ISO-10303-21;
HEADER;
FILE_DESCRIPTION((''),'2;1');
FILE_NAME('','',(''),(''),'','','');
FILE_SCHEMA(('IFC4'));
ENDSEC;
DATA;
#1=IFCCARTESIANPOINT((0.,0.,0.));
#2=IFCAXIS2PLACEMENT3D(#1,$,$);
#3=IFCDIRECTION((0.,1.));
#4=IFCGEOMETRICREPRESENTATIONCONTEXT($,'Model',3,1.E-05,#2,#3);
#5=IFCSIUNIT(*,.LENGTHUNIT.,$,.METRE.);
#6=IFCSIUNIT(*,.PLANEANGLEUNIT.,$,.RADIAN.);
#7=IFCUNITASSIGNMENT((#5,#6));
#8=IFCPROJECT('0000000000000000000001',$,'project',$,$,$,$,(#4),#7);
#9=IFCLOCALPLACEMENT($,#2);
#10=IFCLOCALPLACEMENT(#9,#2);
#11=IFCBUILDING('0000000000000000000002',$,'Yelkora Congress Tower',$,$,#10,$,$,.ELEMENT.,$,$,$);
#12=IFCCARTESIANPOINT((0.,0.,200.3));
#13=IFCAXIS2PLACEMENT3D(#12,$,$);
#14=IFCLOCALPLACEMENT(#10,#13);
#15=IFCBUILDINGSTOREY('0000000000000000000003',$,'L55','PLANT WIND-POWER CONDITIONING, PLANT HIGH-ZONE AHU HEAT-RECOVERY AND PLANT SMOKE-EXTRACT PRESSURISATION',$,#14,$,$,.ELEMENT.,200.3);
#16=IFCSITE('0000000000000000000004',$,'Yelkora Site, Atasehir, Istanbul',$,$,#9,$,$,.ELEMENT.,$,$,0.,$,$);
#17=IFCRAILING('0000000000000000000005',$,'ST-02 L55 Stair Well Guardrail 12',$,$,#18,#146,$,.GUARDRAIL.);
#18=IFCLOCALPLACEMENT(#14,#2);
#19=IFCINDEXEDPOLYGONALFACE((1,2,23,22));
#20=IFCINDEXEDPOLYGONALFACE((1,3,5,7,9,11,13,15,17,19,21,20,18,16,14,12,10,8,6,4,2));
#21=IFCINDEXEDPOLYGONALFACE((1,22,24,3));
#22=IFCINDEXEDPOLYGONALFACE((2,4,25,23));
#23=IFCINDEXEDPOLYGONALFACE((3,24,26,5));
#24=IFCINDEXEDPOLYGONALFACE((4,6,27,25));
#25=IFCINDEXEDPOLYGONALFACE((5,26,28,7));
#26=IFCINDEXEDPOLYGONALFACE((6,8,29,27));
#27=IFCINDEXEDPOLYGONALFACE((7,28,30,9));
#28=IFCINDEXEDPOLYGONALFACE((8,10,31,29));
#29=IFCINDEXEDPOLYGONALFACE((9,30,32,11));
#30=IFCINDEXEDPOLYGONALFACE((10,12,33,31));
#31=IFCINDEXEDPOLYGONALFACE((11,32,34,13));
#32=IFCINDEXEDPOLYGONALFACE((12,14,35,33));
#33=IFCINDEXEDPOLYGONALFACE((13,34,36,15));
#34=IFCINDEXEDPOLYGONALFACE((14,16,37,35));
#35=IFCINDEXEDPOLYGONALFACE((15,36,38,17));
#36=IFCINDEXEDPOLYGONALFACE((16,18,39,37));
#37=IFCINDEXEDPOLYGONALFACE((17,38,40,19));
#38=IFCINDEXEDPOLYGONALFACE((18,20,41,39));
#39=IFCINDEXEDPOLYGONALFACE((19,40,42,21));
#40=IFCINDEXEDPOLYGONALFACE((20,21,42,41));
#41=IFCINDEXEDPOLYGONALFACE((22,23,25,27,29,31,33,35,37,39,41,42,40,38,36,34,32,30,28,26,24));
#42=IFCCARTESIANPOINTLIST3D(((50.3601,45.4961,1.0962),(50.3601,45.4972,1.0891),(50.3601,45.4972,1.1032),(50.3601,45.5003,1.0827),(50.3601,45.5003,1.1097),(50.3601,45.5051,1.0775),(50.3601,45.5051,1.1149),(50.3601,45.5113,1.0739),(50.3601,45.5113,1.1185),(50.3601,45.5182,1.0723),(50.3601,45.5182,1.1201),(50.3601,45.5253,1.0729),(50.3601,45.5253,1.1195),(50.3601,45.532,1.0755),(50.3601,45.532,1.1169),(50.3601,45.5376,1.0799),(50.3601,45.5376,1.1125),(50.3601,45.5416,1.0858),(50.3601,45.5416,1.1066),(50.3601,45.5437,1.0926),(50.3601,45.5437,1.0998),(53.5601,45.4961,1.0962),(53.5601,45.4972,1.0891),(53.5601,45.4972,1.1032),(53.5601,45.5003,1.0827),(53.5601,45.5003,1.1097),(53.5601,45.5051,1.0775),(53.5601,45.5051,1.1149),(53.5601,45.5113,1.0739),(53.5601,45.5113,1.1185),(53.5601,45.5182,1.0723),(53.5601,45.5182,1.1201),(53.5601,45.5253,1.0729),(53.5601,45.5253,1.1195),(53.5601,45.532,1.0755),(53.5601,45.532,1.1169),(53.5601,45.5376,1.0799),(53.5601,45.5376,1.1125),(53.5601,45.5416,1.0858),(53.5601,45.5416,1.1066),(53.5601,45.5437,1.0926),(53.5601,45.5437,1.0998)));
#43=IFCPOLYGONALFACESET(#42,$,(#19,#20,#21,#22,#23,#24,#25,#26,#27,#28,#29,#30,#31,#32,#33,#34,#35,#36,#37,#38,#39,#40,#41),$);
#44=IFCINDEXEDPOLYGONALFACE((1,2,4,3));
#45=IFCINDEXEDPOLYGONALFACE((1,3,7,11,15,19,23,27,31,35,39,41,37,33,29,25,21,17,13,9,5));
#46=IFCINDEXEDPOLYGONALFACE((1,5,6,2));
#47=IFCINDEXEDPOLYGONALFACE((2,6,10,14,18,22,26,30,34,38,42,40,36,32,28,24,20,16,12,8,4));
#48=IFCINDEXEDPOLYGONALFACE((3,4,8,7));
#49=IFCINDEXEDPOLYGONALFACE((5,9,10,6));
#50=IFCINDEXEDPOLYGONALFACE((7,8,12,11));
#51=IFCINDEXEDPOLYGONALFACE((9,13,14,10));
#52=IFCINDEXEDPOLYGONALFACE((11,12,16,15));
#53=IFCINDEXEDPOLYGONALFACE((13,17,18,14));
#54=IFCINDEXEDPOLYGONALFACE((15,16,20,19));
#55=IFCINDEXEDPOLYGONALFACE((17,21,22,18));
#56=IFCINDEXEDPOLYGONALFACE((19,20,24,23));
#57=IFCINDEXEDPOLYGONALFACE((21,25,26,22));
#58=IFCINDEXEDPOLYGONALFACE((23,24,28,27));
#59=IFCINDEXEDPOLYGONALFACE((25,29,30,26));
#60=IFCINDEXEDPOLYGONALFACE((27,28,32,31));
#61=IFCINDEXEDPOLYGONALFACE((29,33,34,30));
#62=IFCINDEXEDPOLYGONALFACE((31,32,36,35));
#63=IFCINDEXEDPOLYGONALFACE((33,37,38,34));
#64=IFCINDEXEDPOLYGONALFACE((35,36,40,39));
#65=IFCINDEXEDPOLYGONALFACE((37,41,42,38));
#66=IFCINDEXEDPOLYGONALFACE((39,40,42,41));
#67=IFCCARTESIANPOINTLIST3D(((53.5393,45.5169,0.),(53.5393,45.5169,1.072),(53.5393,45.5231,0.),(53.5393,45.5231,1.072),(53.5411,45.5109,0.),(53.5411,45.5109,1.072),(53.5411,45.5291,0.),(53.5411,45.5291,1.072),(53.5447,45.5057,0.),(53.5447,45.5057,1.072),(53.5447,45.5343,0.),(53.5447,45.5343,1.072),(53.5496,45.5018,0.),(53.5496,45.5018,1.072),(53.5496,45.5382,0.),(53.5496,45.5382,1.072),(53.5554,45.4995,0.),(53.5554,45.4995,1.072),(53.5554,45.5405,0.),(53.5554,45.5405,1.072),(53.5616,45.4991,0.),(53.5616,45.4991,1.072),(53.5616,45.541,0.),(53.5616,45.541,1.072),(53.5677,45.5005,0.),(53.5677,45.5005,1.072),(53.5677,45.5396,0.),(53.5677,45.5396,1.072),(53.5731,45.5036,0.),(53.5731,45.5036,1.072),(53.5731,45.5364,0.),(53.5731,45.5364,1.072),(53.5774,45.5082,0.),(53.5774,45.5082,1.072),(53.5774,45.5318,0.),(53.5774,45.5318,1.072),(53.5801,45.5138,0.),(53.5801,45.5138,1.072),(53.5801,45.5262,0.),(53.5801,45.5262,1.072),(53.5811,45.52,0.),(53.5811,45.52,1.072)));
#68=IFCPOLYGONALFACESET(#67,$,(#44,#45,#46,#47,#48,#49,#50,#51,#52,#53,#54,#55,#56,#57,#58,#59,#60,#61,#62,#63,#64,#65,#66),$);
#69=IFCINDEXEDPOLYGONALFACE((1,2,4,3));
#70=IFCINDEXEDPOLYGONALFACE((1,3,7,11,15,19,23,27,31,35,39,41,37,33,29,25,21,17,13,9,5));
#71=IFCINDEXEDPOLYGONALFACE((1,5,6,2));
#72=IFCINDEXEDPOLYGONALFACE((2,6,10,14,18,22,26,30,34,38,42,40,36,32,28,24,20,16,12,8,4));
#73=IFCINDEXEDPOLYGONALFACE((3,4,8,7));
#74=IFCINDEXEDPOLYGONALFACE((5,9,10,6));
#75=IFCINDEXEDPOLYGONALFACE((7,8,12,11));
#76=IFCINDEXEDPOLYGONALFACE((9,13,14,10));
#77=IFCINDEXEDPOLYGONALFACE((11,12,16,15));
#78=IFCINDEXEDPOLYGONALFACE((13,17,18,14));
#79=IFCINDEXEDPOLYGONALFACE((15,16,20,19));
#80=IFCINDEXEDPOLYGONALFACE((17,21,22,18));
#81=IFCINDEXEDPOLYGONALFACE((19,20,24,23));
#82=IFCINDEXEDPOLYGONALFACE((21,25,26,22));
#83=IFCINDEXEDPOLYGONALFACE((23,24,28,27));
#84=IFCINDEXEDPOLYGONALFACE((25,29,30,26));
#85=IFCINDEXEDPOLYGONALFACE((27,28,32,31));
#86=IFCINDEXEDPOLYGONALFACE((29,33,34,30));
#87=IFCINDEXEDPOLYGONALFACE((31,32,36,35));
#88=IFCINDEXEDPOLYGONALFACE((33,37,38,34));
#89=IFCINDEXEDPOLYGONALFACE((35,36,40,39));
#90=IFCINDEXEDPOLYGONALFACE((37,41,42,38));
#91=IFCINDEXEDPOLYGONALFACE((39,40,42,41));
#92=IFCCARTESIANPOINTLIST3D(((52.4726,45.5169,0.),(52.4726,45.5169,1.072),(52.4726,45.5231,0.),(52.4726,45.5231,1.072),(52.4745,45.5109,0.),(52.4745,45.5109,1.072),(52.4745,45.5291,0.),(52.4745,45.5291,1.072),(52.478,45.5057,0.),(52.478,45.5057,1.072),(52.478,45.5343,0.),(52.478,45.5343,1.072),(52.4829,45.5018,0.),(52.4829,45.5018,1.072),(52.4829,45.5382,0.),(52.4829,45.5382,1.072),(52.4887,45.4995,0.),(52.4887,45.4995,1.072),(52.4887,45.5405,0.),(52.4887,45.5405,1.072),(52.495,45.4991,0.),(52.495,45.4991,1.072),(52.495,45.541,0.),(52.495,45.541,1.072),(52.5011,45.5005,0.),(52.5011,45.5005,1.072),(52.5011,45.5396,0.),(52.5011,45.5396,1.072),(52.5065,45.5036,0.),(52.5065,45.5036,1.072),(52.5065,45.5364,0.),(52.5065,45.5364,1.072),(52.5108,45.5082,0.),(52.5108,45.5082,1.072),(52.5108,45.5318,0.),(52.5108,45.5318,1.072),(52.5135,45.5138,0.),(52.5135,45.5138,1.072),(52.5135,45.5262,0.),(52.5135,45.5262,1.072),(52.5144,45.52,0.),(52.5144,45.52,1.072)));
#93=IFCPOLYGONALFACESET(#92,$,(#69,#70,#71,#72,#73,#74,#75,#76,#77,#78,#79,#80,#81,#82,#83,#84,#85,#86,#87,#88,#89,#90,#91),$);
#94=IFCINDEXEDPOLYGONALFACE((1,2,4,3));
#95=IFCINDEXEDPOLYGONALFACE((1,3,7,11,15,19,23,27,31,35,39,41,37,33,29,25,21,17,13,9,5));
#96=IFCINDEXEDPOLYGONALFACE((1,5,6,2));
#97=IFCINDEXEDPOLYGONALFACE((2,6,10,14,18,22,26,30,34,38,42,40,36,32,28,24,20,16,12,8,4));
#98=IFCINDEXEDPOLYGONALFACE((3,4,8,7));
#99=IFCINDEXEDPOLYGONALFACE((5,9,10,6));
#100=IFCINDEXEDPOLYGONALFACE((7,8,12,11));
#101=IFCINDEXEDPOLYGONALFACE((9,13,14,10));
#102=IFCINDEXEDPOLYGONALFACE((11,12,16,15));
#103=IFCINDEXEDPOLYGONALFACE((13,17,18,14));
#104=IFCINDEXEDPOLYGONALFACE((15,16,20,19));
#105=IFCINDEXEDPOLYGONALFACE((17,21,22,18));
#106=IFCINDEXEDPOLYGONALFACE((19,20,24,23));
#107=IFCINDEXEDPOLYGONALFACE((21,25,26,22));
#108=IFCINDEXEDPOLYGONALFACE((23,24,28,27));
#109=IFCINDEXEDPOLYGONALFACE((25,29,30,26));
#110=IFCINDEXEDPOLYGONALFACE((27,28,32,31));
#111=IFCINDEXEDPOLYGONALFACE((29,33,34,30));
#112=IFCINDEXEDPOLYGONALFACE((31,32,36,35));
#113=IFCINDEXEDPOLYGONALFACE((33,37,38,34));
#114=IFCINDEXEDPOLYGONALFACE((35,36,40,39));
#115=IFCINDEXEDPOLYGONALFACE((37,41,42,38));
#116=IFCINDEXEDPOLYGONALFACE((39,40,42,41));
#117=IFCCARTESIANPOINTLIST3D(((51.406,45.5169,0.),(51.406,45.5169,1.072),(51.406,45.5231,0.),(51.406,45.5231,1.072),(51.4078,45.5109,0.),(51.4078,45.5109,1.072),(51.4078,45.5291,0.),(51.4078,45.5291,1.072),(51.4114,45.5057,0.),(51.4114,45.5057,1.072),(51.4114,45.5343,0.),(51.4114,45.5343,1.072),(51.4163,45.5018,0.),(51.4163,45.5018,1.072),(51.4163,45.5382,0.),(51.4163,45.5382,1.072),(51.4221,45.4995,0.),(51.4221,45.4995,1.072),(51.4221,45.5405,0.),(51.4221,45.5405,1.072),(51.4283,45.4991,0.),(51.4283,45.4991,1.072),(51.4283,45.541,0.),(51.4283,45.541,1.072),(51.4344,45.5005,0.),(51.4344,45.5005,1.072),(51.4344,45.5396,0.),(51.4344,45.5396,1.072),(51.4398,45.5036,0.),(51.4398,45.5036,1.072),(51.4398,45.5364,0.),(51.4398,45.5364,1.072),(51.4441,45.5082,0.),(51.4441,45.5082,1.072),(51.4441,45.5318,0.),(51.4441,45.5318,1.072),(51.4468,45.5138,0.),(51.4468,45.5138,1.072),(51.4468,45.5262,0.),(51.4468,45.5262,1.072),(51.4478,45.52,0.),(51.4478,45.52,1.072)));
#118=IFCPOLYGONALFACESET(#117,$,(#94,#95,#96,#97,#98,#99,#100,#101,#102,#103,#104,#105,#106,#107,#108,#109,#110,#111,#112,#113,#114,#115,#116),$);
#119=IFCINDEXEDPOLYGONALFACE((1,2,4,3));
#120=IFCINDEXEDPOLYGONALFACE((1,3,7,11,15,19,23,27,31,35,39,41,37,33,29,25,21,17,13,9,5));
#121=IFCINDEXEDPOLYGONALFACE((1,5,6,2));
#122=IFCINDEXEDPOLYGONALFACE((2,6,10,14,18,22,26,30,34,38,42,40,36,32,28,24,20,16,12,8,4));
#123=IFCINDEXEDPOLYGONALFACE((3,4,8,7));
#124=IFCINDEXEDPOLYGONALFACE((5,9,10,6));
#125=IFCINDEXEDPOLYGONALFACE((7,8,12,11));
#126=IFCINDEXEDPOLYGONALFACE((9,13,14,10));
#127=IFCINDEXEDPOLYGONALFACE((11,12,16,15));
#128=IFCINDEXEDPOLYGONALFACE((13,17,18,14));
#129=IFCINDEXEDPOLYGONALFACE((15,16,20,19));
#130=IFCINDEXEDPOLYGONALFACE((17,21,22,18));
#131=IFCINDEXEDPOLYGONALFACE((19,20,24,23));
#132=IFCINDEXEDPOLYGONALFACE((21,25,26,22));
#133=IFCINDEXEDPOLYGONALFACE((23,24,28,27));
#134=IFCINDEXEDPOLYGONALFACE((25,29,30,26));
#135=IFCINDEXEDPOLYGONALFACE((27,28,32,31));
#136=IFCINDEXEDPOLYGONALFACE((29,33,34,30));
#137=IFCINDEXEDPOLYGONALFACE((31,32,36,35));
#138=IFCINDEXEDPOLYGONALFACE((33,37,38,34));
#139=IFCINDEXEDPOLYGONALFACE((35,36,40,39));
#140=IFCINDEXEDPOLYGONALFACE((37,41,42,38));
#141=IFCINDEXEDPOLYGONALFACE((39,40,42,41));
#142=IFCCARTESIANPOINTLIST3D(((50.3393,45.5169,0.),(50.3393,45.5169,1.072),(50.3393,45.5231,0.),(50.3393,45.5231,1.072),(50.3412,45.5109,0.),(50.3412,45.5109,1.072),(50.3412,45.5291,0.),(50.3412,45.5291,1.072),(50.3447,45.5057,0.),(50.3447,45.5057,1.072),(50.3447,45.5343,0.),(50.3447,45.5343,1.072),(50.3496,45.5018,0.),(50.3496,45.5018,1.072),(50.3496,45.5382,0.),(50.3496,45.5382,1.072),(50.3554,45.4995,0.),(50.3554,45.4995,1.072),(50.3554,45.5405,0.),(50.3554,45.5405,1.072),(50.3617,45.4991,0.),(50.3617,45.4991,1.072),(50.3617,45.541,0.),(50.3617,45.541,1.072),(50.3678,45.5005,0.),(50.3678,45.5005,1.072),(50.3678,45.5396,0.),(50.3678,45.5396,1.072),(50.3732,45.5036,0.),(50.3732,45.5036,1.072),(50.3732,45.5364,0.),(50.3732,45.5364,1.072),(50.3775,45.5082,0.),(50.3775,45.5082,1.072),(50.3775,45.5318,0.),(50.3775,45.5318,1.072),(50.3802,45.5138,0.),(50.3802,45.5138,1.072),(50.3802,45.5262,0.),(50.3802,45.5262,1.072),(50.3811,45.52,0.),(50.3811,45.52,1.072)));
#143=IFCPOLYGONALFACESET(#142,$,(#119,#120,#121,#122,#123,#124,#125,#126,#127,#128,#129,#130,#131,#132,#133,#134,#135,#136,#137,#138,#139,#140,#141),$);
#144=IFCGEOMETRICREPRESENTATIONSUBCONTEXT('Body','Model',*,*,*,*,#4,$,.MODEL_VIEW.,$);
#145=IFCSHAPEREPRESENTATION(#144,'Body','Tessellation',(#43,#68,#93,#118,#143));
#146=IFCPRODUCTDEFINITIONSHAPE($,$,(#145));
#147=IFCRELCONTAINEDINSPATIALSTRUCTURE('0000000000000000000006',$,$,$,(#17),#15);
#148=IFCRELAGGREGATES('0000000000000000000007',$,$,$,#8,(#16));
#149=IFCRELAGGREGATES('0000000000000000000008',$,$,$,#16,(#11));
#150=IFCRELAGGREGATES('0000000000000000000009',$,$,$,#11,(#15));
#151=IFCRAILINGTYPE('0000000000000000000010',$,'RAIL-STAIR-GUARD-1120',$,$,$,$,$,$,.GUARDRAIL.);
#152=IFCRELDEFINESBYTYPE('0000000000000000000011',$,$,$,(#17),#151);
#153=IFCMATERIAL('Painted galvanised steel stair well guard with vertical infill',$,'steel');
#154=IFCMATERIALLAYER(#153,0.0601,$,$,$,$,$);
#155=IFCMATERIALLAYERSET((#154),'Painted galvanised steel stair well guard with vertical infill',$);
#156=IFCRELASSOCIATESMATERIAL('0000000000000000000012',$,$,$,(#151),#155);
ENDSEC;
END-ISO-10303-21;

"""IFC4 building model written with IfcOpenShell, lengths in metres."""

from ifc_helpers import new_model, si_unit, direction, frame, origin, origin_2d, place, context, subcontext, project, spatial, circle, extrude, material, layer, layer_set, type_object, element, save


model = new_model("IFC4")

# Units and contexts
model_context = context("Model", 3, precision=1e-05, world=origin(), true_north=direction((0.0, 1.0)))
body_context = subcontext(model_context, "Body", "Model", "MODEL_VIEW")
ifc_project = project(units=[si_unit("LENGTHUNIT", "METRE"), si_unit("PLANEANGLEUNIT", "RADIAN")], contexts=[model_context])

# Site, building, storey
site_placement = place(None, origin())
site = spatial("IfcSite", under=ifc_project, at=site_placement, Name="Yelkora Site, Atasehir, Istanbul", CompositionType="ELEMENT", RefElevation=0.0)
building_placement = place(site_placement, origin())
building = spatial("IfcBuilding", under=site, at=building_placement, Name="Yelkora Congress Tower", CompositionType="ELEMENT")
storey_placement = place(building_placement, frame((0.0, 0.0, 200.3)))
storey = spatial("IfcBuildingStorey", under=building, at=storey_placement, Name="L55", Description="PLANT WIND-POWER CONDITIONING, PLANT HIGH-ZONE AHU HEAT-RECOVERY AND PLANT SMOKE-EXTRACT PRESSURISATION", CompositionType="ELEMENT", Elevation=200.3)

# Railing
ifc_material_1 = material(Name="Painted galvanised steel stair well guard with vertical infill", Category="steel")
ifc_layer_1 = layer(ifc_material_1, 0.0601)
ifc_layer_set_1 = layer_set([ifc_layer_1], Name="Painted galvanised steel stair well guard with vertical infill")
railing_type_1 = type_object("IfcRailingType", Name="RAIL-STAIR-GUARD-1120", PredefinedType="GUARDRAIL", material=ifc_layer_set_1)
railing_1_placement = place(storey_placement, frame((53.5601, 45.52, 0.0)))
element("IfcRailing", 1, at=railing_1_placement, inside=storey, type_object=railing_type_1, Name="ST-02 L55 Stair Well Guardrail 12", PredefinedType="GUARDRAIL", context=body_context, shape_type="SweptSolid", body=[
    extrude(circle(Radius=0.0239, at=origin_2d()), frame((0.0, 0.0, 1.0962), z_axis=(-1.0, 0.0, 0.0), x_axis=(0.0, -1.0, 0.0)), (0.0, 0.0, 1.0), 3.2),
    extrude(circle(Radius=0.021, at=origin_2d()), origin(), (0.0, 0.0, 1.0), 1.072),
    extrude(circle(Radius=0.021, at=origin_2d()), frame((-1.0667, 0.0, 0.0)), (0.0, 0.0, 1.0), 1.072),
    extrude(circle(Radius=0.021, at=origin_2d()), frame((-2.1333, 0.0, 0.0)), (0.0, 0.0, 1.0), 1.072),
    extrude(circle(Radius=0.021, at=origin_2d()), frame((-3.2, 0.0, 0.0)), (0.0, 0.0, 1.0), 1.072),
])

save(model, "model.ifc")
